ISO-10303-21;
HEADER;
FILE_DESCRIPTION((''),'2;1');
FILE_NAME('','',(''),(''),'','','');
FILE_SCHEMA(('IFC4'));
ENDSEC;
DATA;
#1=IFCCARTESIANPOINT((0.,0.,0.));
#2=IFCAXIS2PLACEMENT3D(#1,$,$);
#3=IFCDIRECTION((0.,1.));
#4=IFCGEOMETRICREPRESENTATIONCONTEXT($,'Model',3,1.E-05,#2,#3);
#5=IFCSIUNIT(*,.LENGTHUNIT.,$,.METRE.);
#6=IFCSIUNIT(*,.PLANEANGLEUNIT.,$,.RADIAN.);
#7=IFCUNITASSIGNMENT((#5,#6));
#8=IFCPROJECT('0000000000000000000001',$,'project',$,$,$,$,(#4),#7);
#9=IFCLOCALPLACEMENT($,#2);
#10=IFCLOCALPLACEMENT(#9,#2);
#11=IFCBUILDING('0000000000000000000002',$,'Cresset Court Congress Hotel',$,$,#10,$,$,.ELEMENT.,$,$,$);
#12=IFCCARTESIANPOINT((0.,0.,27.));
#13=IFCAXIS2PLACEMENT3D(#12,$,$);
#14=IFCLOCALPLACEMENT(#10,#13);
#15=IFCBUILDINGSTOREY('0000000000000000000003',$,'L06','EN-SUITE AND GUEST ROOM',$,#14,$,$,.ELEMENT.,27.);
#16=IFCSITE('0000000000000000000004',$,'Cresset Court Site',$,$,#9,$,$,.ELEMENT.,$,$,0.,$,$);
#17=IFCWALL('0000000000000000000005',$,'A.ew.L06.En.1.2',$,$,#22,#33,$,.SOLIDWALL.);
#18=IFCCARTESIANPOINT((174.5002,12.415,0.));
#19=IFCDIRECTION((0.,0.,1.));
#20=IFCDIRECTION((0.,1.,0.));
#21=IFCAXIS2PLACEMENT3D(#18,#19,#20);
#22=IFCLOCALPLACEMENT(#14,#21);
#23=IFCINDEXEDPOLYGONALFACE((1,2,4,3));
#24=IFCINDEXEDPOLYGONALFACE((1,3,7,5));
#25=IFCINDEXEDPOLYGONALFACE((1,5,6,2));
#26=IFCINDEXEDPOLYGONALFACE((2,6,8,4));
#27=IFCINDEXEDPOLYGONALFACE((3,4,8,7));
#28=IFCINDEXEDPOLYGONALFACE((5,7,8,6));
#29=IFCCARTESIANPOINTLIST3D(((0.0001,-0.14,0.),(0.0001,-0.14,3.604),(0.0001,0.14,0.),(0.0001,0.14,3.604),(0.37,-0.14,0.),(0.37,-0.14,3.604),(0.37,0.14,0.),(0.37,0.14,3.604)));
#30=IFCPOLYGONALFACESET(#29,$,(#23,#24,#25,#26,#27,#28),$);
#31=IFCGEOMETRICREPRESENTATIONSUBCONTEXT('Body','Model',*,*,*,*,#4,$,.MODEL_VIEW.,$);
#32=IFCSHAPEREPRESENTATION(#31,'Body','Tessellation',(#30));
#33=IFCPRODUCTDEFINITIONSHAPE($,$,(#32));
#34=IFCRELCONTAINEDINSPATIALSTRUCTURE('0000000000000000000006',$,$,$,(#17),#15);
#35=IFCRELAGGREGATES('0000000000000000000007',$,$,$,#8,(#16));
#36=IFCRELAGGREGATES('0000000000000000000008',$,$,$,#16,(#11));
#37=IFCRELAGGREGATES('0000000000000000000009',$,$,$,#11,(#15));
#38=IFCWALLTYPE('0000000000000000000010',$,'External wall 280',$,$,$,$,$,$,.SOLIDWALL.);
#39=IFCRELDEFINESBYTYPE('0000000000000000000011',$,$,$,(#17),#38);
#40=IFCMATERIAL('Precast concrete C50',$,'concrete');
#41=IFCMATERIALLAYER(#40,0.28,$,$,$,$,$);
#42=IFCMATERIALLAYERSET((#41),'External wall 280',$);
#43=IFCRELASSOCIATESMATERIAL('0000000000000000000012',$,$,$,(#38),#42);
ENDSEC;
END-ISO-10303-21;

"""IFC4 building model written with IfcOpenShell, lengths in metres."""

from ifc_helpers import new_model, si_unit, direction, frame, frame_2d, origin, place, context, subcontext, project, spatial, rectangle, extrude, material, layer, layer_set, type_object, element, save


model = new_model("IFC4")

# Units and contexts
model_context = context("Model", 3, precision=1e-05, world=origin(), true_north=direction((0.0, 1.0)))
body_context = subcontext(model_context, "Body", "Model", "MODEL_VIEW")
ifc_project = project(units=[si_unit("LENGTHUNIT", "METRE"), si_unit("PLANEANGLEUNIT", "RADIAN")], contexts=[model_context])

# Site, building, storey
site_placement = place(None, origin())
site = spatial("IfcSite", under=ifc_project, at=site_placement, Name="Cresset Court Site", CompositionType="ELEMENT", RefElevation=0.0)
building_placement = place(site_placement, origin())
building = spatial("IfcBuilding", under=site, at=building_placement, Name="Cresset Court Congress Hotel", CompositionType="ELEMENT")
storey_placement = place(building_placement, frame((0.0, 0.0, 27.0)))
storey = spatial("IfcBuildingStorey", under=building, at=storey_placement, Name="L06", Description="EN-SUITE AND GUEST ROOM", CompositionType="ELEMENT", Elevation=27.0)

# Shared definitions
ifc_material_1 = material(Name="Precast concrete C50", Category="concrete")
ifc_layer_1 = layer(ifc_material_1, 0.28)
ifc_layer_set_1 = layer_set([ifc_layer_1], Name="External wall 280")
wall_type_1 = type_object("IfcWallType", Name="External wall 280", PredefinedType="SOLIDWALL", material=ifc_layer_set_1)

# Wall
wall_1_placement = place(storey_placement, frame((174.5002, 12.415, 0.0), z_axis=(0.0, 0.0, 1.0), x_axis=(0.0, 1.0, 0.0)))
element("IfcWall", 1, at=wall_1_placement, inside=storey, type_object=wall_type_1, Name="A.ew.L06.En.1.2", PredefinedType="SOLIDWALL", context=body_context, shape_type="SweptSolid", body=[
    extrude(rectangle(XDim=0.3699, YDim=0.28, at=frame_2d((0.1851, 0.0))), origin(), (0.0, 0.0, 1.0), 3.604),
])

save(model, "model.ifc")
